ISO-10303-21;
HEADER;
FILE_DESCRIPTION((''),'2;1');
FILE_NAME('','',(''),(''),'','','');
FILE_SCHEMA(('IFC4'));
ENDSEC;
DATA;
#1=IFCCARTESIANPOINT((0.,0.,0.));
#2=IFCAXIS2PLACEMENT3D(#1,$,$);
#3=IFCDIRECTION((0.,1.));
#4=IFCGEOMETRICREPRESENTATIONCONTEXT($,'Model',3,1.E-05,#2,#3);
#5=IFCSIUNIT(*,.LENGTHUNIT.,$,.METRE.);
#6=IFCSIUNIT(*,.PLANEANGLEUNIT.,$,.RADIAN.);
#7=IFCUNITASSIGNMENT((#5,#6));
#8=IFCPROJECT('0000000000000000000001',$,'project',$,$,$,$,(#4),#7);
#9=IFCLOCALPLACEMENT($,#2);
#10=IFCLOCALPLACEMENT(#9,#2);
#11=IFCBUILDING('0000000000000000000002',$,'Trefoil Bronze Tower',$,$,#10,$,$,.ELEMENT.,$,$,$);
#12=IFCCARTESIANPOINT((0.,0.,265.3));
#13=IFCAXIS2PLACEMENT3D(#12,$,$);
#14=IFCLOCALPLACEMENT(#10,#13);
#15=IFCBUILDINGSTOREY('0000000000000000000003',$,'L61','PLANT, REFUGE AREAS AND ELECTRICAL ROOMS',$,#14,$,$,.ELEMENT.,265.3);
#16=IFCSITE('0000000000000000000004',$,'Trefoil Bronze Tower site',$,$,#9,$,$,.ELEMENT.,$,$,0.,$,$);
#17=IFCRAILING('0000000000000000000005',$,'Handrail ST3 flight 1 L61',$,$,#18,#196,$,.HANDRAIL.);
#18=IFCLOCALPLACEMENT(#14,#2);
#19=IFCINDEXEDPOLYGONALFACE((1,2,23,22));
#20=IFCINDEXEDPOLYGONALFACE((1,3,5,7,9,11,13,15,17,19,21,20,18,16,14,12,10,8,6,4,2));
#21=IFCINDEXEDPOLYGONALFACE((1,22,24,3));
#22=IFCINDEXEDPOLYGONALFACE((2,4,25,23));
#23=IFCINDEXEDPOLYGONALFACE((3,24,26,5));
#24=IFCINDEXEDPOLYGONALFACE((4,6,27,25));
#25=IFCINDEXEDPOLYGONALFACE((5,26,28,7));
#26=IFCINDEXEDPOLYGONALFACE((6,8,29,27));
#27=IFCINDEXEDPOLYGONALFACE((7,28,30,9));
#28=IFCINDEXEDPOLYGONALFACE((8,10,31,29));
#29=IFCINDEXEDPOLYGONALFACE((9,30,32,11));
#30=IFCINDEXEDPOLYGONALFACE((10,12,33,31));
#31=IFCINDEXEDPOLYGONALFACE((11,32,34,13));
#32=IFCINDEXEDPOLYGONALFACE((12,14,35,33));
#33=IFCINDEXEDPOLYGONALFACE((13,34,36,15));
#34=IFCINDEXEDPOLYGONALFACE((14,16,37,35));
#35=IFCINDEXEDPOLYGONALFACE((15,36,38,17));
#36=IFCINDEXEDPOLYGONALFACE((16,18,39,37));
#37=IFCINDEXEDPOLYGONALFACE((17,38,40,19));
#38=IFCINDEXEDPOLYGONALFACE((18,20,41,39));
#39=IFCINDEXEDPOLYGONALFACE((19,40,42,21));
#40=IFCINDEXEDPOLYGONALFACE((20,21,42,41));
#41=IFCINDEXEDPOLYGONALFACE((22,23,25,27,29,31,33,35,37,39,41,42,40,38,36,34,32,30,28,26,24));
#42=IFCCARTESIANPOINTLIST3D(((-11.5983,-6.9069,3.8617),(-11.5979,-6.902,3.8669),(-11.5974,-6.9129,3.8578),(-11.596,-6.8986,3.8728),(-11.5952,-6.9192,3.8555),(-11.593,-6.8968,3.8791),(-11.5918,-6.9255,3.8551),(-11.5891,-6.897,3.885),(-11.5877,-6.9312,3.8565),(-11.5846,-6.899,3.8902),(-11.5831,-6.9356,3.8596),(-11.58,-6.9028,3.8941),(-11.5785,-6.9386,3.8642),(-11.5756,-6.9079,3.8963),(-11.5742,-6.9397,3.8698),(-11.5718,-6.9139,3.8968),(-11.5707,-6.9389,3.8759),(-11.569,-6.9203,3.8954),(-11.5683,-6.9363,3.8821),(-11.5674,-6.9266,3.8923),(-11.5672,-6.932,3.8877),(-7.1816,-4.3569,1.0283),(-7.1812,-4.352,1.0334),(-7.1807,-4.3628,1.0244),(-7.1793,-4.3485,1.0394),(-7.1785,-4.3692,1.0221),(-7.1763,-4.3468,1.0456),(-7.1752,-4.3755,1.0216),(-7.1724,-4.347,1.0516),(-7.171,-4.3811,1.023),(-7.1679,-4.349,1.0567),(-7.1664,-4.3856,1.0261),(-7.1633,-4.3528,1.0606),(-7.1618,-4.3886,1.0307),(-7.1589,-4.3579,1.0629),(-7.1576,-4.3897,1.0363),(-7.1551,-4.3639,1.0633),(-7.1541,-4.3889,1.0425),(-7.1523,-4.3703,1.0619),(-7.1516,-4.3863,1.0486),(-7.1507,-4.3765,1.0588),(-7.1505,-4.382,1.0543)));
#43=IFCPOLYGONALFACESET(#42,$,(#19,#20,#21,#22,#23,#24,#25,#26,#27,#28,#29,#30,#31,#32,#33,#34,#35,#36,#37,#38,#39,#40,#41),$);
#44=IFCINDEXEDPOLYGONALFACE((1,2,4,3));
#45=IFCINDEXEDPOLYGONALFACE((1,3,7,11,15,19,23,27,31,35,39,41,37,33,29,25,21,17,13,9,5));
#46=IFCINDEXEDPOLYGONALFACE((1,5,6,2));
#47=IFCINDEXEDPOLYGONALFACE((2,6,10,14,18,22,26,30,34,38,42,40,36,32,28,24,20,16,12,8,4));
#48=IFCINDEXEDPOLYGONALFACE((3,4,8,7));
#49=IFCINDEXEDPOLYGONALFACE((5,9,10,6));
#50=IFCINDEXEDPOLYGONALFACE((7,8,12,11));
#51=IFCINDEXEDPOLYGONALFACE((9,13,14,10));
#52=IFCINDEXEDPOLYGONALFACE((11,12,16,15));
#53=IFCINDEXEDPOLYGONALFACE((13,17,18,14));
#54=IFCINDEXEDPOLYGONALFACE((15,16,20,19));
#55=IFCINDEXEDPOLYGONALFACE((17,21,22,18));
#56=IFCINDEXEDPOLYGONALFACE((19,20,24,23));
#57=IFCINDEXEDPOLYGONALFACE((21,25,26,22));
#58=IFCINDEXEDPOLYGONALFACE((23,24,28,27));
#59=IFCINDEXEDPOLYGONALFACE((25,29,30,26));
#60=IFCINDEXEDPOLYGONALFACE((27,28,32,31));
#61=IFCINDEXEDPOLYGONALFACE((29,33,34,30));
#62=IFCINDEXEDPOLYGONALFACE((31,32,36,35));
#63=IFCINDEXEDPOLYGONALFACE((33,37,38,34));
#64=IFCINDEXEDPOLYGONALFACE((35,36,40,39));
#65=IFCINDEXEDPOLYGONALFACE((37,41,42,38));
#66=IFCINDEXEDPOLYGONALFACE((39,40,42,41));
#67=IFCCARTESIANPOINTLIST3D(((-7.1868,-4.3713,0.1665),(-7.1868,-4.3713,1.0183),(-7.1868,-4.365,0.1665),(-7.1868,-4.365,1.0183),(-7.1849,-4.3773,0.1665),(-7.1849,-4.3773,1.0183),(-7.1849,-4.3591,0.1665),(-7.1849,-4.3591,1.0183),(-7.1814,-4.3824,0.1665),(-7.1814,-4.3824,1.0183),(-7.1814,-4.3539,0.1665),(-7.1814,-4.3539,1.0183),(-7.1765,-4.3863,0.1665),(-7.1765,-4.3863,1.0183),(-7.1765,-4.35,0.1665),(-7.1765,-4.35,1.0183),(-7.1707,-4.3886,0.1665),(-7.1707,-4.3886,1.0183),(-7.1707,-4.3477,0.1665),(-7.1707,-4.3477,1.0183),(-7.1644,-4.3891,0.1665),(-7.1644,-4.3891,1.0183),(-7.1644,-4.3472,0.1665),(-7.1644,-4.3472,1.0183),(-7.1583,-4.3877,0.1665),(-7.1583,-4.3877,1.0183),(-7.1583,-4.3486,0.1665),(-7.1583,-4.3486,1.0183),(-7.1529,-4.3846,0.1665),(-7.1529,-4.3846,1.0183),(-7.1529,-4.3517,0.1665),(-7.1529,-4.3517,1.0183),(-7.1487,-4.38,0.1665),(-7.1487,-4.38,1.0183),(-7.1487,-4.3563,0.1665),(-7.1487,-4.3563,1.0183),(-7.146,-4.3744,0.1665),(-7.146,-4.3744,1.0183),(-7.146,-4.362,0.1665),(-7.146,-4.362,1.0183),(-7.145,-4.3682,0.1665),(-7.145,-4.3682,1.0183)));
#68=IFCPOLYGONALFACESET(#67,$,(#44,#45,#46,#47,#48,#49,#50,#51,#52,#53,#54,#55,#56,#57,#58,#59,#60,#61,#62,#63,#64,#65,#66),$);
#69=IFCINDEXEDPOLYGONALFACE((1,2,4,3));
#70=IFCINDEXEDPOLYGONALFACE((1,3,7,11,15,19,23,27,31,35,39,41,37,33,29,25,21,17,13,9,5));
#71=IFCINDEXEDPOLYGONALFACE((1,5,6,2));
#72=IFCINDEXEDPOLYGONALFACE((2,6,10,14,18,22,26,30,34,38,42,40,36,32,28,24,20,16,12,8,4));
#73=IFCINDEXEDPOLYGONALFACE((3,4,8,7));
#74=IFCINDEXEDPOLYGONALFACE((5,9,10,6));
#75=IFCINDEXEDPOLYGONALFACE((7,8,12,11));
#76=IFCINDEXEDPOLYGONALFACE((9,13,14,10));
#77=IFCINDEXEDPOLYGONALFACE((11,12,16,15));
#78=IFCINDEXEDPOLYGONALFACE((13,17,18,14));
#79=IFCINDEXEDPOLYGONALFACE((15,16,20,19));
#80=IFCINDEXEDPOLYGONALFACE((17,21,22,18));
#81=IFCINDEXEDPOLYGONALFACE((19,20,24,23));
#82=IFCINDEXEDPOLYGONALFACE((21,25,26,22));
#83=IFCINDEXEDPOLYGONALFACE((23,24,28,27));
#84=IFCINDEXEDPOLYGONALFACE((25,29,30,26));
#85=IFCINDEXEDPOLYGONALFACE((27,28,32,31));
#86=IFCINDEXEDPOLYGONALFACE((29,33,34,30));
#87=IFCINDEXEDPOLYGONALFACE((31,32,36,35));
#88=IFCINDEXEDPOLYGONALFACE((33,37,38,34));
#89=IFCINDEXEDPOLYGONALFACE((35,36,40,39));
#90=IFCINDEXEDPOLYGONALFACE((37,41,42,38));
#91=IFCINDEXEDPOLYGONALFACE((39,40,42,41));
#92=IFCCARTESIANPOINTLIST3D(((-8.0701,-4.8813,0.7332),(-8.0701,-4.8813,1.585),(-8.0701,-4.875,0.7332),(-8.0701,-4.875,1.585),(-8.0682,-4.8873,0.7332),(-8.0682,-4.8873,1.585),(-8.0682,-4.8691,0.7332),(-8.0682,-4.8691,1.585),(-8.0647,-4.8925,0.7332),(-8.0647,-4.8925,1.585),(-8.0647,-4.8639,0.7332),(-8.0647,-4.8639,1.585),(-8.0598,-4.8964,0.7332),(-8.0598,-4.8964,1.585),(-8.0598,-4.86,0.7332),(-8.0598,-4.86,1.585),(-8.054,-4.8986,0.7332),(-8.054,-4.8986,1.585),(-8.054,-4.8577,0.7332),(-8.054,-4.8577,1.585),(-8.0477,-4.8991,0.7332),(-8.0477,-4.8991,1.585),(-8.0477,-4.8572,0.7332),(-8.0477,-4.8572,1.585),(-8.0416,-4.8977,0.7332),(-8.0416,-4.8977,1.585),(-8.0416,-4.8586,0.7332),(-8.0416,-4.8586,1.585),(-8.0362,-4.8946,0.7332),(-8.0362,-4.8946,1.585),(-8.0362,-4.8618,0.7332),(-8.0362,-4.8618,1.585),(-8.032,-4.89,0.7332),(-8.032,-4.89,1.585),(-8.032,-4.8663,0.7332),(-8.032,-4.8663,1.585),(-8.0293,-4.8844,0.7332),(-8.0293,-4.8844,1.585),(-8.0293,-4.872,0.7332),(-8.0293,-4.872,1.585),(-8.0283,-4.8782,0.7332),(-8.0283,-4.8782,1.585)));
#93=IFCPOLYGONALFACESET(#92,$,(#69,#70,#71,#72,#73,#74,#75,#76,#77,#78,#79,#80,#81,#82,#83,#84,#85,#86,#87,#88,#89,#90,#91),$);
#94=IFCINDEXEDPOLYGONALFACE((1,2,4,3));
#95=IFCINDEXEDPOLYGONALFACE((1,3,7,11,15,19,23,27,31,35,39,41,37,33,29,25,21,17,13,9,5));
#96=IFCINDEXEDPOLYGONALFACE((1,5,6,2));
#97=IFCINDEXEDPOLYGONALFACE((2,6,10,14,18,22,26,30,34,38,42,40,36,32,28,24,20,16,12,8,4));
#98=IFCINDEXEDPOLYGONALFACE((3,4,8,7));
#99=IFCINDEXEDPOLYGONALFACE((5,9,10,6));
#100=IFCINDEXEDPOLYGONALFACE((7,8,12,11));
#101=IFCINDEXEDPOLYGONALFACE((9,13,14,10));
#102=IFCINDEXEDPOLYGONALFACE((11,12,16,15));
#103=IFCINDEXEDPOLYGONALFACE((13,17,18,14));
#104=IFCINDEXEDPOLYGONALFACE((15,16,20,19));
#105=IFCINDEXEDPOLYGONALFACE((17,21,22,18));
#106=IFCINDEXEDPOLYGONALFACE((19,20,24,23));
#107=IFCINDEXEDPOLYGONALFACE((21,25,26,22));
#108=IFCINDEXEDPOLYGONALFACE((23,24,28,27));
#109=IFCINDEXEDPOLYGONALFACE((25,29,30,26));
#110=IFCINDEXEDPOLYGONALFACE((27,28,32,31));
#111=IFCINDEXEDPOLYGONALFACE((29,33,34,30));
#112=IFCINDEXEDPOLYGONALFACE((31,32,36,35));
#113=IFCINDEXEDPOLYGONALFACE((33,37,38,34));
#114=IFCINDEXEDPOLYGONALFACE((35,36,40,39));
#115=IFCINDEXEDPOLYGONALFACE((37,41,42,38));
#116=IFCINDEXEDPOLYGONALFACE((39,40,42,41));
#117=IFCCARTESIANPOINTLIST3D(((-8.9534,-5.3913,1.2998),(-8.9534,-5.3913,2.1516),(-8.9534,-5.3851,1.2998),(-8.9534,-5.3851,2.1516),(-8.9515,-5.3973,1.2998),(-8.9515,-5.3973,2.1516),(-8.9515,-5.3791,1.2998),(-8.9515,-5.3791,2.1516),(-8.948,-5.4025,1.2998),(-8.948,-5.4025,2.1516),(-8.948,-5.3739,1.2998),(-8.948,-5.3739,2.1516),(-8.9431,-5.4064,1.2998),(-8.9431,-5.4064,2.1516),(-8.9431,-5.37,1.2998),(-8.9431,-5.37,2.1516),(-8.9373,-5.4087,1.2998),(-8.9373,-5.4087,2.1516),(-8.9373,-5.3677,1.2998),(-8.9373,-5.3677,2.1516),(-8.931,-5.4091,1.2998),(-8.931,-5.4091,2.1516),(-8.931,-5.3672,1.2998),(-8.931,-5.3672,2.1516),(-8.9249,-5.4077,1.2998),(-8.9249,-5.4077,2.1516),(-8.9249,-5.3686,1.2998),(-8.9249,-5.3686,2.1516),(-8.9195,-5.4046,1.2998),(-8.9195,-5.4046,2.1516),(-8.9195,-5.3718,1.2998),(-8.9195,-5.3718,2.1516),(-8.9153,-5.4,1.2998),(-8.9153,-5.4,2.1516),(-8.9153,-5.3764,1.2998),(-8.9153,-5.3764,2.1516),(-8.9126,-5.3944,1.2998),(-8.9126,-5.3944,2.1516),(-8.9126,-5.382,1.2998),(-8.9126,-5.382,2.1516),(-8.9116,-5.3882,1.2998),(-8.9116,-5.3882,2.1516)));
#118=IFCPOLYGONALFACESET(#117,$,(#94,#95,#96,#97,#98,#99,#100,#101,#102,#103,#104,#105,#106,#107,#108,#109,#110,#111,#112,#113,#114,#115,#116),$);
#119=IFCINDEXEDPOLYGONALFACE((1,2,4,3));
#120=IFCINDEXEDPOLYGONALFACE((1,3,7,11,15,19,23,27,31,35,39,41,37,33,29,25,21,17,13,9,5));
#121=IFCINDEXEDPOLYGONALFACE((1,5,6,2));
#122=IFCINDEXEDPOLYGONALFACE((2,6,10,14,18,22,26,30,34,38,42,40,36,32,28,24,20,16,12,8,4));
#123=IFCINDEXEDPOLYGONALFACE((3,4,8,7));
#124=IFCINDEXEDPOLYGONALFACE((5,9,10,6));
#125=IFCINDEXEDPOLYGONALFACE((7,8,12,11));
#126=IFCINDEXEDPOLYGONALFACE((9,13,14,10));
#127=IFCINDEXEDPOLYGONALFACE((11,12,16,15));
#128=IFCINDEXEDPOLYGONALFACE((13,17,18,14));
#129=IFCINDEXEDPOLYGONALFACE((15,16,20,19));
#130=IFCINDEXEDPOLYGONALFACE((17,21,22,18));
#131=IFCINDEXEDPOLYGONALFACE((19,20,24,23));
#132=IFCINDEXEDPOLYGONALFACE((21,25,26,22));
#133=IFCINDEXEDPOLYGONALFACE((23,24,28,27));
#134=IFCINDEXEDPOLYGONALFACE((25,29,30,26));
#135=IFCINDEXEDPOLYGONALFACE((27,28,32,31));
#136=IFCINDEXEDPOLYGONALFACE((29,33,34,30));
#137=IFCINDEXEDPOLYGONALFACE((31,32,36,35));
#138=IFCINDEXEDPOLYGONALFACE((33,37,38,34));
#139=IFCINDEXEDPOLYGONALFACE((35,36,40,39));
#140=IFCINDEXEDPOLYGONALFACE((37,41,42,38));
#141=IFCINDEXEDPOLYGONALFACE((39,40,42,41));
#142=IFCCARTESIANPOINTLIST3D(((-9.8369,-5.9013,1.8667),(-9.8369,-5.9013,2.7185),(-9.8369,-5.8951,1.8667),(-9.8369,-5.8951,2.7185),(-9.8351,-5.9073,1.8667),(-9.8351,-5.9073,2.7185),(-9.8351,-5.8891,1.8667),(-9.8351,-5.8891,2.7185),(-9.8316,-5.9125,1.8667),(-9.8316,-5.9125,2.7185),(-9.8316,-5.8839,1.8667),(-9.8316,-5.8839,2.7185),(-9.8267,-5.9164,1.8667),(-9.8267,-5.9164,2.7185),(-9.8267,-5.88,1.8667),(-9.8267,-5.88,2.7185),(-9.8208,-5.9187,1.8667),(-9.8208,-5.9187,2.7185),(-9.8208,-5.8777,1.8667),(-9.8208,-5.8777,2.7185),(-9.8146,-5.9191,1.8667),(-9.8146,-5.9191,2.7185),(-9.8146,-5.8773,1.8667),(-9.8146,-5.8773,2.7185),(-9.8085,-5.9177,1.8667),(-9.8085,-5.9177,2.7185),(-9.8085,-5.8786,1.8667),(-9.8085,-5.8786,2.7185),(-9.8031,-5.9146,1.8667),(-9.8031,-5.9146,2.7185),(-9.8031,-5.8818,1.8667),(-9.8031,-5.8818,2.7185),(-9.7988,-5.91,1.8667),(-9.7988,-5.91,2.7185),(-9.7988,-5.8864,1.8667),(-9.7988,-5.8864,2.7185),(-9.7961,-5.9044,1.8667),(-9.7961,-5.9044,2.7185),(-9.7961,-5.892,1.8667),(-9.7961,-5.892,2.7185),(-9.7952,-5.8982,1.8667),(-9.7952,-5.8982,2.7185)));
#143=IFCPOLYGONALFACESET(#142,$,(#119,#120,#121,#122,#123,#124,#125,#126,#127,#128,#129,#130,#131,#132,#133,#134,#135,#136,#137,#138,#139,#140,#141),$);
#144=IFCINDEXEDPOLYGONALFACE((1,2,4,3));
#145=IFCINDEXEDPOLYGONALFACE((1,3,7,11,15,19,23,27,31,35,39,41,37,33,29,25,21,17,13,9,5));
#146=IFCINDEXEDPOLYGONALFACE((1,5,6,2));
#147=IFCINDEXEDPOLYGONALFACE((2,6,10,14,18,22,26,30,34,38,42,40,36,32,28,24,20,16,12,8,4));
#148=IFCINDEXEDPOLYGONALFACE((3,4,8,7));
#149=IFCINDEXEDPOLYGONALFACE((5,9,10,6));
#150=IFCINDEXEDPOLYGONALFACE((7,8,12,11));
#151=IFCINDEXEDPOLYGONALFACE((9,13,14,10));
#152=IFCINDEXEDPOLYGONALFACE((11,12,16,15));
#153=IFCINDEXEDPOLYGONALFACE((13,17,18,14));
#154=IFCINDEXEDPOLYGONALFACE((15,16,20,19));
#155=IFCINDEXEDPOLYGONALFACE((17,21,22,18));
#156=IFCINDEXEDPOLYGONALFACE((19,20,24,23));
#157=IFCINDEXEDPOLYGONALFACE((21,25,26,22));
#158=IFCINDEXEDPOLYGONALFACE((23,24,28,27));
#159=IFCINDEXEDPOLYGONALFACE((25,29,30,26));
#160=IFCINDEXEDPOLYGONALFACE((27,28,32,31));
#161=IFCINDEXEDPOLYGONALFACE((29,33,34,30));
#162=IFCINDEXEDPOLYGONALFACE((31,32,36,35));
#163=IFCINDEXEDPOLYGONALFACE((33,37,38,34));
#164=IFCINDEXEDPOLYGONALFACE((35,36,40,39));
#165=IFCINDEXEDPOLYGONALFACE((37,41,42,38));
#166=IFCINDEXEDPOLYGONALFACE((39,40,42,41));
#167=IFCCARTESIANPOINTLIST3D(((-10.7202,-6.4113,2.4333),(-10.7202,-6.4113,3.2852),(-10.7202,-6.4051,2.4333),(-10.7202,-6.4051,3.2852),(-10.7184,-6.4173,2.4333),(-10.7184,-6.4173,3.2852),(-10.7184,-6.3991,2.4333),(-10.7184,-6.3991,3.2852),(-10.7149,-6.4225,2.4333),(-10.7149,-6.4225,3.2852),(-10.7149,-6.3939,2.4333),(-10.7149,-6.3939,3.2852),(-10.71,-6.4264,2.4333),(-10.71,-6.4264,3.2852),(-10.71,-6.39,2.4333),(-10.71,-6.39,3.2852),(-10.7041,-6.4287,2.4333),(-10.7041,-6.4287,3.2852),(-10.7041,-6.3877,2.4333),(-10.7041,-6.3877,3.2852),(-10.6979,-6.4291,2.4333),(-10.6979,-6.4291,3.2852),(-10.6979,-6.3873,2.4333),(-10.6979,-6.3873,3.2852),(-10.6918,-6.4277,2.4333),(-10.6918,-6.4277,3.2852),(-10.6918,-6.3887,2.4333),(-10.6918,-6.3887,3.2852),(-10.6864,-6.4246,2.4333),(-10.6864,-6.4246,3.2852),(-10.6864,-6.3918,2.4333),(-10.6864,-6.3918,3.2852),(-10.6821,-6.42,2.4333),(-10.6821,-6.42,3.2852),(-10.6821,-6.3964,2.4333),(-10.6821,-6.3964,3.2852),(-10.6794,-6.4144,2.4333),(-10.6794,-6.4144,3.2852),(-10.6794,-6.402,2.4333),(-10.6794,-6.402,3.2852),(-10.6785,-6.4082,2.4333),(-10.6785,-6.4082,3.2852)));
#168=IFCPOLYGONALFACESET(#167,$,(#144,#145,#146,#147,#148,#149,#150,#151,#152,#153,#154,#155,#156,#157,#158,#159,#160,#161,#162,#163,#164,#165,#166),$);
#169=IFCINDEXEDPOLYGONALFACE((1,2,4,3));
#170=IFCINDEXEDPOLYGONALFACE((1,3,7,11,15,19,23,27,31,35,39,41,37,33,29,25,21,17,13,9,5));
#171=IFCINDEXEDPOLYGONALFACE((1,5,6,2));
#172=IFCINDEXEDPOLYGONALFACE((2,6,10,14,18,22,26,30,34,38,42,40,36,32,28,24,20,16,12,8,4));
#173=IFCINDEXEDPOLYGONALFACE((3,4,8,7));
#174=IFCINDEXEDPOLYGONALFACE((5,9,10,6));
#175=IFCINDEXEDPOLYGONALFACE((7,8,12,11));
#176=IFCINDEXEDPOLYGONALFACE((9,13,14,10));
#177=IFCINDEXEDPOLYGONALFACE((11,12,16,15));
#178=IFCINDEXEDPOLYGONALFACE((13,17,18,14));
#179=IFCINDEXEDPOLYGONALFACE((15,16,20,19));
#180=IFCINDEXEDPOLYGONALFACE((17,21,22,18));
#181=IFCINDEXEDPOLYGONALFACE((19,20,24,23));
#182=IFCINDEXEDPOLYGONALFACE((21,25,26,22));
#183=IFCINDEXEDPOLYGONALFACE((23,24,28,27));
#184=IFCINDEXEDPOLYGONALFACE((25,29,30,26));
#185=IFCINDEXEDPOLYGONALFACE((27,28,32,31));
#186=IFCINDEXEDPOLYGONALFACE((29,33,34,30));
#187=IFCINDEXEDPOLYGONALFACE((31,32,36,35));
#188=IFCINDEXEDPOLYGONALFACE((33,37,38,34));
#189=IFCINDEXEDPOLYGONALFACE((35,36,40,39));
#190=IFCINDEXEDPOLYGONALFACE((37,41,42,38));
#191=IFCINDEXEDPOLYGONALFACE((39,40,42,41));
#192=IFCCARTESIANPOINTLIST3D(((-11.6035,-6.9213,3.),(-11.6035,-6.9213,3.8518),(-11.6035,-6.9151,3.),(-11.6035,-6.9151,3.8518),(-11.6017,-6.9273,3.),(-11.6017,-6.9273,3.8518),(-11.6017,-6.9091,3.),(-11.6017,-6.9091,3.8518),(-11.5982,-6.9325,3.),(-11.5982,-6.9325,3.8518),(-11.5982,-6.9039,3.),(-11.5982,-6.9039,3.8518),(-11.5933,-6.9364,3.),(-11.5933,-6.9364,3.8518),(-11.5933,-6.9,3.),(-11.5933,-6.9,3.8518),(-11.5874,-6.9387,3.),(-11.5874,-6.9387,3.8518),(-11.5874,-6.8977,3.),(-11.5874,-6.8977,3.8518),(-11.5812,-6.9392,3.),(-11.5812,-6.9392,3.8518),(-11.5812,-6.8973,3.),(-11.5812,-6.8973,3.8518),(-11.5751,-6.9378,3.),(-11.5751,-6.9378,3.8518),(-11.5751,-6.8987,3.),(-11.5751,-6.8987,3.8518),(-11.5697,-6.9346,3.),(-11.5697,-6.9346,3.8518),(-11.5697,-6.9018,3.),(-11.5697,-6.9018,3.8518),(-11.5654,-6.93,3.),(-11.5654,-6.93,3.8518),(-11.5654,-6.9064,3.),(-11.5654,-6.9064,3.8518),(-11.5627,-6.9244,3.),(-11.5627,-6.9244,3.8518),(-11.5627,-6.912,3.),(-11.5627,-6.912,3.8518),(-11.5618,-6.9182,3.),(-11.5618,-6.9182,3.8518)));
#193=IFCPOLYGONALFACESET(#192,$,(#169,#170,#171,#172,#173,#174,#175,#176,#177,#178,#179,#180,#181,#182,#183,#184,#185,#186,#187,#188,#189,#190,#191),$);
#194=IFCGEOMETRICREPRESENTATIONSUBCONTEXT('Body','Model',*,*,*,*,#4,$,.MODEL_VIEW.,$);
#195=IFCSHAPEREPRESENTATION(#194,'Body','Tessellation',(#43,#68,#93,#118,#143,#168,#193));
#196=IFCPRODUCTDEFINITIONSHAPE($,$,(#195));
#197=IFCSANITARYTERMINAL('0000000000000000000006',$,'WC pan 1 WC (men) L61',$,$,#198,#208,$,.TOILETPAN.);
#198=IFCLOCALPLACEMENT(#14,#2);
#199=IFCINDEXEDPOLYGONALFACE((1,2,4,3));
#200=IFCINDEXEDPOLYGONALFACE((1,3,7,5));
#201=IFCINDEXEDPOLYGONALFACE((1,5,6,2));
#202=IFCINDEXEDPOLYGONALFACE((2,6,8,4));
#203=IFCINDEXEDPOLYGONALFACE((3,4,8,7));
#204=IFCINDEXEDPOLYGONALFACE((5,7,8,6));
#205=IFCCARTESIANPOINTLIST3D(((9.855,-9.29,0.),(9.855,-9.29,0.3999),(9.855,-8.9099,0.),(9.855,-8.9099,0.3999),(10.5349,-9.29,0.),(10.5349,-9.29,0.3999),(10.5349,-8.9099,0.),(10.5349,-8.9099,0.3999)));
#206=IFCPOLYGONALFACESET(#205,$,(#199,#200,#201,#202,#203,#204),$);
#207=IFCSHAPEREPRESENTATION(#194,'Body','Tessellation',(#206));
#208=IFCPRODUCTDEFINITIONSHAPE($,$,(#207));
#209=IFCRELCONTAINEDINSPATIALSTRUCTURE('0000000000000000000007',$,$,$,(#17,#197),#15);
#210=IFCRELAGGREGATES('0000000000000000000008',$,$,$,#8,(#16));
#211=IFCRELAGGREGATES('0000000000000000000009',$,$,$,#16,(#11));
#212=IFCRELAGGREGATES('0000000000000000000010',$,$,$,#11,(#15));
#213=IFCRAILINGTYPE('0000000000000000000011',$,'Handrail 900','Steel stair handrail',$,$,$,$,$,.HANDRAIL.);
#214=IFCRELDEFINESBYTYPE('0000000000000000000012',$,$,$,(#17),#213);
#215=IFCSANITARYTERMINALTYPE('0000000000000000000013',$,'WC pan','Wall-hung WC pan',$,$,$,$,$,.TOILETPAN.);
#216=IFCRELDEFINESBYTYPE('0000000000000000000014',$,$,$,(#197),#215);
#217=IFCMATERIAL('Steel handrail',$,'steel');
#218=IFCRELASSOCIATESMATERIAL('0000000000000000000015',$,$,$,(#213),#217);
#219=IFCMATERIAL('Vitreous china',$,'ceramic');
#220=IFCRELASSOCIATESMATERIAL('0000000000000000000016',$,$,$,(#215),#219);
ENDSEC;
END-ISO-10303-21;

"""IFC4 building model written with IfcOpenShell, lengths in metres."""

from ifc_helpers import new_model, si_unit, direction, frame, origin, origin_2d, place, context, subcontext, project, spatial, polyline, circle, outline, extrude, material, type_object, element, save


model = new_model("IFC4")

# Units and contexts
model_context = context("Model", 3, precision=1e-05, world=origin(), true_north=direction((0.0, 1.0)))
body_context = subcontext(model_context, "Body", "Model", "MODEL_VIEW")
ifc_project = project(units=[si_unit("LENGTHUNIT", "METRE"), si_unit("PLANEANGLEUNIT", "RADIAN")], contexts=[model_context])

# Site, building, storey
site_placement = place(None, origin())
site = spatial("IfcSite", under=ifc_project, at=site_placement, Name="Trefoil Bronze Tower site", CompositionType="ELEMENT", RefElevation=0.0)
building_placement = place(site_placement, origin())
building = spatial("IfcBuilding", under=site, at=building_placement, Name="Trefoil Bronze Tower", CompositionType="ELEMENT")
storey_placement = place(building_placement, frame((0.0, 0.0, 265.3)))
storey = spatial("IfcBuildingStorey", under=building, at=storey_placement, Name="L61", Description="PLANT, REFUGE AREAS AND ELECTRICAL ROOMS", CompositionType="ELEMENT", Elevation=265.3)

# Railing
ifc_material_1 = material(Name="Steel handrail", Category="steel")
railing_type = type_object("IfcRailingType", Name="Handrail 900", Description="Steel stair handrail", PredefinedType="HANDRAIL", material=ifc_material_1)
railing_1_placement = place(storey_placement, frame((-7.166, -4.3682, 0.1665)))
element("IfcRailing", 1, at=railing_1_placement, inside=storey, type_object=railing_type, Name="Handrail ST3 flight 1 L61", PredefinedType="HANDRAIL", context=body_context, shape_type="SweptSolid", body=[
    extrude(circle(Radius=0.0239, at=origin_2d()), frame((0.0, 0.0, 0.876), z_axis=(-0.757031, -0.437078, 0.485661), x_axis=(0.500006, -0.866022, 0.0)), (0.0, 0.0, 1.0), 5.8342),
    extrude(circle(Radius=0.021, at=origin_2d()), origin(), (0.0, 0.0, 1.0), 0.8518),
    extrude(circle(Radius=0.021, at=origin_2d()), frame((-0.8833, -0.51, 0.5667)), (0.0, 0.0, 1.0), 0.8518),
    extrude(circle(Radius=0.021, at=origin_2d()), frame((-1.7666, -1.02, 1.1333)), (0.0, 0.0, 1.0), 0.8518),
    extrude(circle(Radius=0.021, at=origin_2d()), frame((-2.6501, -1.53, 1.7002)), (0.0, 0.0, 1.0), 0.8518),
    extrude(circle(Radius=0.021, at=origin_2d()), frame((-3.5334, -2.04, 2.2668)), (0.0, 0.0, 1.0), 0.8518),
    extrude(circle(Radius=0.021, at=origin_2d()), frame((-4.4167, -2.55, 2.8335)), (0.0, 0.0, 1.0), 0.8518),
])

# Sanitary terminal
ifc_material_2 = material(Name="Vitreous china", Category="ceramic")
sanitary_terminal_type = type_object("IfcSanitaryTerminalType", Name="WC pan", Description="Wall-hung WC pan", PredefinedType="TOILETPAN", material=ifc_material_2)
sanitary_terminal_placement = place(storey_placement, origin())
element("IfcSanitaryTerminal", 2, at=sanitary_terminal_placement, inside=storey, type_object=sanitary_terminal_type, Name="WC pan 1 WC (men) L61", PredefinedType="TOILETPAN", context=body_context, shape_type="SweptSolid", body=[
    extrude(outline(polyline([(9.855, -8.9099), (10.5349, -8.9099), (10.5349, -9.29), (9.855, -9.29), (9.855, -8.9099)])), origin(), (0.0, 0.0, 1.0), 0.3999),
])

save(model, "model.ifc")
